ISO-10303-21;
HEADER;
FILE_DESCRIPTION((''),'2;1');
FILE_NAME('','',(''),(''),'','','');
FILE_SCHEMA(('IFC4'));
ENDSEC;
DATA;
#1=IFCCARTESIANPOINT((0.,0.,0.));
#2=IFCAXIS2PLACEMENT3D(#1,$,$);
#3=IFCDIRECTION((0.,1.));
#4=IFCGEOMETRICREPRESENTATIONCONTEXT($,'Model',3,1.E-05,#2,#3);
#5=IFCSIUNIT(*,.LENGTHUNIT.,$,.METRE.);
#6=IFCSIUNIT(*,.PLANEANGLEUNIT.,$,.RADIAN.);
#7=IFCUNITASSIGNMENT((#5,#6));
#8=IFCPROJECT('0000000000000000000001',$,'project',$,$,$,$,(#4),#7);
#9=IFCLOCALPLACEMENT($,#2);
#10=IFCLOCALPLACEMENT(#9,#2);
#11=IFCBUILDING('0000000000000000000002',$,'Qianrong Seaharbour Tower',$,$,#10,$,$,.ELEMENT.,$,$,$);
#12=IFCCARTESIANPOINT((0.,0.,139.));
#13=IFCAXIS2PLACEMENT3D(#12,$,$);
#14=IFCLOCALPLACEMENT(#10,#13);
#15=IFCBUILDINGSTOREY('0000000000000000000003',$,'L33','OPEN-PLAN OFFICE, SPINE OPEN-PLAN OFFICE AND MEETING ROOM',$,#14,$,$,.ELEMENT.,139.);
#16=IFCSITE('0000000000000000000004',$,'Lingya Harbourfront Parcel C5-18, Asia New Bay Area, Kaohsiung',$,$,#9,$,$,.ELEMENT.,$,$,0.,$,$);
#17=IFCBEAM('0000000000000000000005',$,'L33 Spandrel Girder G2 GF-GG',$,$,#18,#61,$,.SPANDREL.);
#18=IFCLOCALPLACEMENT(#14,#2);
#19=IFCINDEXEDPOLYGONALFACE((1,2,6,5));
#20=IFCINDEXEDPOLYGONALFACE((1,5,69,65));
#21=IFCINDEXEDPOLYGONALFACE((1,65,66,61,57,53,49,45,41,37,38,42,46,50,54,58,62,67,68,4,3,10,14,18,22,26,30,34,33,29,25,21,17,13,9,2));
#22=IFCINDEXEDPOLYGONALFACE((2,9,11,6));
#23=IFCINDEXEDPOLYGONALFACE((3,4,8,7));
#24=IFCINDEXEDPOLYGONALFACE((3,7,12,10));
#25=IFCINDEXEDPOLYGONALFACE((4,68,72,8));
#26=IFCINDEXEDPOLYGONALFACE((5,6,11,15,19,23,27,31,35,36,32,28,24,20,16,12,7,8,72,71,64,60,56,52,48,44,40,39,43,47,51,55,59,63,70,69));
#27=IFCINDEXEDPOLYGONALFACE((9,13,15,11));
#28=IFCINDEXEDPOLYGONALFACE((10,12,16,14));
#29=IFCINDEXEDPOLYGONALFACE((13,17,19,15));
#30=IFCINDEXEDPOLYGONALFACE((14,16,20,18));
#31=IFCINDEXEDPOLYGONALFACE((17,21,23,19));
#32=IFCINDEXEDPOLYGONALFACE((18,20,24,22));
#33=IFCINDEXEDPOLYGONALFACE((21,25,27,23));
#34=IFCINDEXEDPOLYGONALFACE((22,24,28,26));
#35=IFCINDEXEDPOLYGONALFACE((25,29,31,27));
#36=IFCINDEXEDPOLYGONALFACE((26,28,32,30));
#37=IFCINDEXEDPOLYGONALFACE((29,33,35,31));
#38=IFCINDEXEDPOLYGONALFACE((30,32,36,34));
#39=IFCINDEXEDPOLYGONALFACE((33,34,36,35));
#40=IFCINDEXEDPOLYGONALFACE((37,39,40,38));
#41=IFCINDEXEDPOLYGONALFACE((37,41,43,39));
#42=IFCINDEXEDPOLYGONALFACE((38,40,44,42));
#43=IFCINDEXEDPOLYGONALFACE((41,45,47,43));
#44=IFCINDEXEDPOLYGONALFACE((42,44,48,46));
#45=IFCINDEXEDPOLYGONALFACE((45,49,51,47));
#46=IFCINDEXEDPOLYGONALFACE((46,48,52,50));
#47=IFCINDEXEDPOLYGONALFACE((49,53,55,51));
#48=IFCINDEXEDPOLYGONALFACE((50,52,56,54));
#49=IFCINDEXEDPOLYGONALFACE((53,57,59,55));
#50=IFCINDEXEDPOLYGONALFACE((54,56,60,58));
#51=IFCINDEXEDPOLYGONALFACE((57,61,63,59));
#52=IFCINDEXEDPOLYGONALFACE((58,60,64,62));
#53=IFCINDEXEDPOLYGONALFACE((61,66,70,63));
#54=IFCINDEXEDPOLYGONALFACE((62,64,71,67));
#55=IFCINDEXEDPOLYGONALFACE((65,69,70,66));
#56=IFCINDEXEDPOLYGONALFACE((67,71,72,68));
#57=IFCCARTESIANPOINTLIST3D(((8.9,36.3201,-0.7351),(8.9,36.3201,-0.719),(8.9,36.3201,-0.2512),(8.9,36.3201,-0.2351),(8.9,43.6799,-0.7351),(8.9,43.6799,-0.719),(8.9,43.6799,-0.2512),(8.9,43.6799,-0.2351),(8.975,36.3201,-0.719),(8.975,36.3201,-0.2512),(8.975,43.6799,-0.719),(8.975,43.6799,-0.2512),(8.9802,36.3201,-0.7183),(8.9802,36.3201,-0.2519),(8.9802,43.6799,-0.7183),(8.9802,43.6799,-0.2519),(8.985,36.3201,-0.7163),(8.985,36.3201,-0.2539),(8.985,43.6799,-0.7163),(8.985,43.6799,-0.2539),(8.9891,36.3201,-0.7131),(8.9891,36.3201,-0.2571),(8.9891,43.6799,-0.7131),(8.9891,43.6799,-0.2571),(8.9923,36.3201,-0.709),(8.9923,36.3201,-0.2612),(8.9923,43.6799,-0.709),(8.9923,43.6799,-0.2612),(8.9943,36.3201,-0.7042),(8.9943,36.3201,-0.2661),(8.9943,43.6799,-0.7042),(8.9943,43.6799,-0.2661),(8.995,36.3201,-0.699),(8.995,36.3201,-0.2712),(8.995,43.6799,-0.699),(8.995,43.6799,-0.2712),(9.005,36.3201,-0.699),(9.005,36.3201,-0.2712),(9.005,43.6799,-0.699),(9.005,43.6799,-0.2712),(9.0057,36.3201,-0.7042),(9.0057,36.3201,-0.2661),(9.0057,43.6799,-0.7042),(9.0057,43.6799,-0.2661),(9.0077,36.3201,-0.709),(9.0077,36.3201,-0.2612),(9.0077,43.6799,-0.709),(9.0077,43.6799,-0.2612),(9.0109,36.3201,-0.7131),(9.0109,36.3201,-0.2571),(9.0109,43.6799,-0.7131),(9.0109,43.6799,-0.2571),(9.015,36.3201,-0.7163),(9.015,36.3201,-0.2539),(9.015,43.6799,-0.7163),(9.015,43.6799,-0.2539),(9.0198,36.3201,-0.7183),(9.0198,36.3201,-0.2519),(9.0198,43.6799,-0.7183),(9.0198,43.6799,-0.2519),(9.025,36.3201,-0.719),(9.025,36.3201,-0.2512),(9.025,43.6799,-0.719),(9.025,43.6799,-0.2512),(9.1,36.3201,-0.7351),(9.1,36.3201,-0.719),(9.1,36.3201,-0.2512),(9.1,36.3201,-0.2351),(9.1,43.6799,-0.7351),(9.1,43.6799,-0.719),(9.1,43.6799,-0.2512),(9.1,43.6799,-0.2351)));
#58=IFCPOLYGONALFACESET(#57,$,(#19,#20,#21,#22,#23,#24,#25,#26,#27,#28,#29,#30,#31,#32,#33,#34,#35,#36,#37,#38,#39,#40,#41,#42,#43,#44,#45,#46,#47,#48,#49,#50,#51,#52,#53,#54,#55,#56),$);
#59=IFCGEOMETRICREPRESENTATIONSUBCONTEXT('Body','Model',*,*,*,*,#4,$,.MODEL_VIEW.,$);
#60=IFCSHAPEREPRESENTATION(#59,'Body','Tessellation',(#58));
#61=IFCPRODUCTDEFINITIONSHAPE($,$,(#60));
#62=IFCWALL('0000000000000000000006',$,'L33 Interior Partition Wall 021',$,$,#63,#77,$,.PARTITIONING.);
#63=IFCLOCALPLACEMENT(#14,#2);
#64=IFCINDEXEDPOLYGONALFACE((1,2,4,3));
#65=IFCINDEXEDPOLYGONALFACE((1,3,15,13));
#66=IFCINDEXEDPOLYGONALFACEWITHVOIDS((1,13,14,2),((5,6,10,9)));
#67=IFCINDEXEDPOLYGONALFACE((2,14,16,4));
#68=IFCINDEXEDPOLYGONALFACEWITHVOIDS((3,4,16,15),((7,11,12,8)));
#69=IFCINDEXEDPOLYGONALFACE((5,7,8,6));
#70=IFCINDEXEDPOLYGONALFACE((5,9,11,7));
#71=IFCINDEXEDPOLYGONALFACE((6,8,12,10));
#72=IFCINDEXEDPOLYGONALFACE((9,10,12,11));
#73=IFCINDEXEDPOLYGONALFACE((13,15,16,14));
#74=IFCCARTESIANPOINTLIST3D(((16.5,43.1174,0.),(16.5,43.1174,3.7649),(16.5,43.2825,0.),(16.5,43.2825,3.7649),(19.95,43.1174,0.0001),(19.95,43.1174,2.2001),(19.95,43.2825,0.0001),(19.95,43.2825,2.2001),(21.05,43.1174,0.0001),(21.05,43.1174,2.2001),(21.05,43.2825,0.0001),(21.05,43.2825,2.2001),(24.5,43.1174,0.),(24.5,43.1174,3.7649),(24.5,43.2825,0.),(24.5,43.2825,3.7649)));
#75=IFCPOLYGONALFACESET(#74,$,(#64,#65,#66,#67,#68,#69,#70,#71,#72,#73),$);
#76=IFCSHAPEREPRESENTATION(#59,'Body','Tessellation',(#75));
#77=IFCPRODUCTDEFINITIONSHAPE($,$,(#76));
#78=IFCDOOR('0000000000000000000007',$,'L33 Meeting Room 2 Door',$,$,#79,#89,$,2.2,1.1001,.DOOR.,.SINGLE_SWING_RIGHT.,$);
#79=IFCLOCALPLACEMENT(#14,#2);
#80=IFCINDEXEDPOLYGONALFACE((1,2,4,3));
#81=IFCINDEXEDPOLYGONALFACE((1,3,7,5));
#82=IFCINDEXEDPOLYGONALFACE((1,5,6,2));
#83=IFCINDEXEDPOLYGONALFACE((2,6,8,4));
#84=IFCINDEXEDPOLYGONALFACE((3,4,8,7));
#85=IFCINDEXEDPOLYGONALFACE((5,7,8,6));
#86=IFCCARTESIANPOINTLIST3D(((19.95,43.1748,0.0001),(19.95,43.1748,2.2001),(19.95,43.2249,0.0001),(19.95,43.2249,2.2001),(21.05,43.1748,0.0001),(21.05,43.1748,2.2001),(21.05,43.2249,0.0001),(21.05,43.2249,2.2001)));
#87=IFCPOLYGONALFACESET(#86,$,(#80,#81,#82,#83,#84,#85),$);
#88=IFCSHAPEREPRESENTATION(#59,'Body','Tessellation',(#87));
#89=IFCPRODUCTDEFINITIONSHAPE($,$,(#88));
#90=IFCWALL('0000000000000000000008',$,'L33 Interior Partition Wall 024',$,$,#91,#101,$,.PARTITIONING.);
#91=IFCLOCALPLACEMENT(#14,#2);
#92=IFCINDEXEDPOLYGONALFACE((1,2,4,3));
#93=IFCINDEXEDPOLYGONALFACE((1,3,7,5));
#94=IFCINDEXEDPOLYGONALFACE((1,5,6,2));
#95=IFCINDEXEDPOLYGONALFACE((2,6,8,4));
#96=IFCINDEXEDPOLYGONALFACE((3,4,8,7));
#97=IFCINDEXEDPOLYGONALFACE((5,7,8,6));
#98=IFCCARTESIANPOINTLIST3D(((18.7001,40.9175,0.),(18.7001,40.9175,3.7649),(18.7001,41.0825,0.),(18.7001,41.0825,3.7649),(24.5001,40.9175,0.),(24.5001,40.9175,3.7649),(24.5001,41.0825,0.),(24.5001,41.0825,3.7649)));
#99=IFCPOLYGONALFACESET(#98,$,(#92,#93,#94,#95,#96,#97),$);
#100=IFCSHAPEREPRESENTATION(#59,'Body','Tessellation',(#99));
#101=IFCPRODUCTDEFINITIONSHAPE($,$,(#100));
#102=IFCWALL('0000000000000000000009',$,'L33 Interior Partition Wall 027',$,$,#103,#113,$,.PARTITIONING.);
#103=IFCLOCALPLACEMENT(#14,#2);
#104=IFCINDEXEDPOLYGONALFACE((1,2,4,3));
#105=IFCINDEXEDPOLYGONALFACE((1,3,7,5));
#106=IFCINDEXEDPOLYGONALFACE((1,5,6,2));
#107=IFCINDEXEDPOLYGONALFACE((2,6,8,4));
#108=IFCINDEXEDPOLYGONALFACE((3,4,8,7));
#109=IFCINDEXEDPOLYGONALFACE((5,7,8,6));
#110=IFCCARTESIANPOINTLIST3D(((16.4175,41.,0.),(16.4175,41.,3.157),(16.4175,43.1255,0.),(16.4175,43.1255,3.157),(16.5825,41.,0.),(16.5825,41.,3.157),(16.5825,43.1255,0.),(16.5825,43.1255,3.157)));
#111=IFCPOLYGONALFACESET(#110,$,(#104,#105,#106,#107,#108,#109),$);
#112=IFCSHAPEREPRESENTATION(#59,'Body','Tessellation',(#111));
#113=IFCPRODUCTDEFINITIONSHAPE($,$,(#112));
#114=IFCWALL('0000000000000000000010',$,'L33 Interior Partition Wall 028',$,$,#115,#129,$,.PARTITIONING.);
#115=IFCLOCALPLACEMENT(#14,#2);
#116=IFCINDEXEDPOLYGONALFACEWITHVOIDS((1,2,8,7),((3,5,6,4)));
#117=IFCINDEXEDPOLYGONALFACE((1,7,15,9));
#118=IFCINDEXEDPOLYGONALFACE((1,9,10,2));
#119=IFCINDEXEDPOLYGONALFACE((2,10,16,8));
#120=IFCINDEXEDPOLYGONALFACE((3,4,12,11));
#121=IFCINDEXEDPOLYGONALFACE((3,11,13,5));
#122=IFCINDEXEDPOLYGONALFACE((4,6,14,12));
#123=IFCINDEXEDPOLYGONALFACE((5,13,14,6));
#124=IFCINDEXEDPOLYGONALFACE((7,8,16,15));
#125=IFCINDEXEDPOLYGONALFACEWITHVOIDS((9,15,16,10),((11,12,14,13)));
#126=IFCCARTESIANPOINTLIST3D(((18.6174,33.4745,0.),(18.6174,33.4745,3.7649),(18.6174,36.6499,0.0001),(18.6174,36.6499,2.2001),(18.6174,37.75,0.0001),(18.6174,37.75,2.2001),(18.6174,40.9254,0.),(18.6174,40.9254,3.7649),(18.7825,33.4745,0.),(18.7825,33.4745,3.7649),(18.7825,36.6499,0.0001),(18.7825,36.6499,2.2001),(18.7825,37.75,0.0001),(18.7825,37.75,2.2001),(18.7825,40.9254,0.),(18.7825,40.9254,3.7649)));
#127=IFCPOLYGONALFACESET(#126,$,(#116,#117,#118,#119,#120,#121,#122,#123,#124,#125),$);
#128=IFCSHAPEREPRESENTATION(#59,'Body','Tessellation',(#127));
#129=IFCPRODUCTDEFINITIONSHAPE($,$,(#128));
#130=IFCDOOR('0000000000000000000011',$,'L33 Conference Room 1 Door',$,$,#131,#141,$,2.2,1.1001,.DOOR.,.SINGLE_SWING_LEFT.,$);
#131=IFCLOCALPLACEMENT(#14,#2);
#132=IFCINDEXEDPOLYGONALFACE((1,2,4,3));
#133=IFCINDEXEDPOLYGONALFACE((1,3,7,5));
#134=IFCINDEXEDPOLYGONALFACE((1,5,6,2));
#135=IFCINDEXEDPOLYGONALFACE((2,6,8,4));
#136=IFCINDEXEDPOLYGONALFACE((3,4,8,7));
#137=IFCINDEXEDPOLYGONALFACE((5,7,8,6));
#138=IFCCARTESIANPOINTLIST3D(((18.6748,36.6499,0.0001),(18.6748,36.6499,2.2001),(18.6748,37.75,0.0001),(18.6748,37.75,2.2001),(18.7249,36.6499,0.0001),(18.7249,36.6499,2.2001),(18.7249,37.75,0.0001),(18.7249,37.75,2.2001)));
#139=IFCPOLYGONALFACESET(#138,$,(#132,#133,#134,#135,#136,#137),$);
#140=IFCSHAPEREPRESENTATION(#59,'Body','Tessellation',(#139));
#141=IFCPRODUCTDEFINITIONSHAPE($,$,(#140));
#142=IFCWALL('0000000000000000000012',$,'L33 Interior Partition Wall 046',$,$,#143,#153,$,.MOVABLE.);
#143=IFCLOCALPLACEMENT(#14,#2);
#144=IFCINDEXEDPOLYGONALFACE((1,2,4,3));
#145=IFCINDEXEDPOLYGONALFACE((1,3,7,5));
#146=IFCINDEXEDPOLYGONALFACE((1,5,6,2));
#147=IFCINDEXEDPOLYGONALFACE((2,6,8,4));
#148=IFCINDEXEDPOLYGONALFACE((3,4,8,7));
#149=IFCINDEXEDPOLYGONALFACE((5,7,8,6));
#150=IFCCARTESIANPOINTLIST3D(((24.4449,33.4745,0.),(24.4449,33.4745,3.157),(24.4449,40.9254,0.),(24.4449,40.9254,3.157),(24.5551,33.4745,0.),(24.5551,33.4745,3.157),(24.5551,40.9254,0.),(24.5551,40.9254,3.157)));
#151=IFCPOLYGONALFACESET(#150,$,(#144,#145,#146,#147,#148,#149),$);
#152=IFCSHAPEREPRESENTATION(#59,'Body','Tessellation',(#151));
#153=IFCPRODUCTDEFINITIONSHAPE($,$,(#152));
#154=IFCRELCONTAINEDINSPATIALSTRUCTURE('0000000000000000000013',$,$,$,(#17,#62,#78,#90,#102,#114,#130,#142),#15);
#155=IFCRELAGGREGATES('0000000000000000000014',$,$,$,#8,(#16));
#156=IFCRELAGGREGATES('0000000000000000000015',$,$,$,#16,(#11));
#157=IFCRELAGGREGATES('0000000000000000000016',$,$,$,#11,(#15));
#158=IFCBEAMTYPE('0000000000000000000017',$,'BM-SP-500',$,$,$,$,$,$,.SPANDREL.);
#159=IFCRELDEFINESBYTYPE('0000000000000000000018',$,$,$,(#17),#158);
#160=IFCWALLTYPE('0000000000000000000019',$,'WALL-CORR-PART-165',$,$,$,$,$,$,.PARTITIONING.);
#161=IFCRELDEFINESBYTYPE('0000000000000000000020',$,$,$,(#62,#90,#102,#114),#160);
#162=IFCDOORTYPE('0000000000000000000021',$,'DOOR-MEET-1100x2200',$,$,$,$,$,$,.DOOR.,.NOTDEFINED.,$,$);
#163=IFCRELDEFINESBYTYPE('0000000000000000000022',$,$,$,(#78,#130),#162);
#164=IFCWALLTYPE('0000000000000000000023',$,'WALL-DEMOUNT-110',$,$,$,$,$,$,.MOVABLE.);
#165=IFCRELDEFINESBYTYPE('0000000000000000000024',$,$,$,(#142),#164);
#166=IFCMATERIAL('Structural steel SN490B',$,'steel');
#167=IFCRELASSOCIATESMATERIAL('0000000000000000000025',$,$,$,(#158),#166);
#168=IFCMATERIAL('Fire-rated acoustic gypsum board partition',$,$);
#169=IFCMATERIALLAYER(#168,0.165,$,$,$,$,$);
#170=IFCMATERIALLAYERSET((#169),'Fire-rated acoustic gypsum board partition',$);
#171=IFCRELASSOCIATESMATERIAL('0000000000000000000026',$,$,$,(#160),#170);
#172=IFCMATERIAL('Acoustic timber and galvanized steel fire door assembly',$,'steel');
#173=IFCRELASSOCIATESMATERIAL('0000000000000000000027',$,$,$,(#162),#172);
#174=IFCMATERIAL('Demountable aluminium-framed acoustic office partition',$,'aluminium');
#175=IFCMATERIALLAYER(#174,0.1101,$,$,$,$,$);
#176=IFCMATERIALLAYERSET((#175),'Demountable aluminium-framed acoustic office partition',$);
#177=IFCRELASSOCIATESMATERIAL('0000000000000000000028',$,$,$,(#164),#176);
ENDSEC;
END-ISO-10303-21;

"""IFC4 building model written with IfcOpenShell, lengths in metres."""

from ifc_helpers import new_model, si_unit, direction, frame, frame_2d, origin, origin_2d, place, context, subcontext, project, spatial, rectangle, i_section, extrude, material, layer, layer_set, material_profile, profile_set, type_object, element, fill, save


model = new_model("IFC4")

# Units and contexts
model_context = context("Model", 3, precision=1e-05, world=origin(), true_north=direction((0.0, 1.0)))
body_context = subcontext(model_context, "Body", "Model", "MODEL_VIEW")
ifc_project = project(units=[si_unit("LENGTHUNIT", "METRE"), si_unit("PLANEANGLEUNIT", "RADIAN")], contexts=[model_context])

# Site, building, storey
site_placement = place(None, origin())
site = spatial("IfcSite", under=ifc_project, at=site_placement, Name="Lingya Harbourfront Parcel C5-18, Asia New Bay Area, Kaohsiung", CompositionType="ELEMENT", RefElevation=0.0)
building_placement = place(site_placement, origin())
building = spatial("IfcBuilding", under=site, at=building_placement, Name="Qianrong Seaharbour Tower", CompositionType="ELEMENT")
storey_placement = place(building_placement, frame((0.0, 0.0, 139.0)))
storey = spatial("IfcBuildingStorey", under=building, at=storey_placement, Name="L33", Description="OPEN-PLAN OFFICE, SPINE OPEN-PLAN OFFICE AND MEETING ROOM", CompositionType="ELEMENT", Elevation=139.0)

# Shared definitions
ifc_material_1 = material(Name="Structural steel SN490B", Category="steel")

# Beam
ifc_material_profile_1 = material_profile(ifc_material_1, i_section(OverallWidth=0.2, OverallDepth=0.5, WebThickness=0.01, FlangeThickness=0.0161, FilletRadius=0.02, at=origin_2d()), Name="H500x200x10x16")
ifc_profile_set_1 = profile_set([ifc_material_profile_1], Name="Structural steel SN490B")
beam_type_1 = type_object("IfcBeamType", Name="BM-SP-500", PredefinedType="SPANDREL", material=ifc_profile_set_1)
beam_1_placement = place(storey_placement, frame((9.0, 36.3201, -0.4851), z_axis=(0.0, 1.0, 0.0), x_axis=(-1.0, 0.0, 0.0)))
element("IfcBeam", 1, at=beam_1_placement, inside=storey, type_object=beam_type_1, Name="L33 Spandrel Girder G2 GF-GG", PredefinedType="SPANDREL", context=body_context, shape_type="SweptSolid", body=[
    extrude(i_section(OverallWidth=0.2, OverallDepth=0.5, WebThickness=0.01, FlangeThickness=0.0161, FilletRadius=0.02, at=origin_2d()), origin(), (0.0, 0.0, 1.0), 7.3599),
])

# Wall, opening, door
ifc_material_2 = material(Name="Fire-rated acoustic gypsum board partition")
ifc_layer_1 = layer(ifc_material_2, 0.165)
ifc_layer_set_1 = layer_set([ifc_layer_1], Name="Fire-rated acoustic gypsum board partition")
wall_type_1 = type_object("IfcWallType", Name="WALL-CORR-PART-165", PredefinedType="PARTITIONING", material=ifc_layer_set_1)
wall_1_placement = place(storey_placement, frame((16.5, 43.2, 0.0), z_axis=(0.0, 0.0, 1.0), x_axis=(1.0, 0.0, 0.0)))
wall_1 = element("IfcWall", 2, at=wall_1_placement, inside=storey, type_object=wall_type_1, Name="L33 Interior Partition Wall 021", PredefinedType="PARTITIONING", context=body_context, shape_type="SweptSolid", body=[
    extrude(rectangle(XDim=8.0, YDim=0.165, at=frame_2d((4.0, 0.0))), origin(), (0.0, 0.0, 1.0), 3.7649),
])
opening_1_placement = place(wall_1_placement, frame((3.45, 0.0, 0.0)))
opening_1 = element("IfcOpeningElement", 3, at=opening_1_placement, cuts=wall_1, PredefinedType="OPENING", context=body_context, shape_type="SweptSolid", body=[
    extrude(rectangle(XDim=1.1001, YDim=2.2, at=frame_2d((0.55, 1.1001))), frame((0.0, 0.0925, 0.0), z_axis=(0.0, -1.0, 0.0), x_axis=(1.0, 0.0, 0.0)), (0.0, 0.0, 1.0), 0.1851),
])
ifc_material_3 = material(Name="Acoustic timber and galvanized steel fire door assembly", Category="steel")
door_type = type_object("IfcDoorType", Name="DOOR-MEET-1100x2200", OperationType="NOTDEFINED", PredefinedType="DOOR", material=ifc_material_3)
door_1_placement = place(opening_1_placement, origin())
door_1 = element("IfcDoor", 4, at=door_1_placement, inside=storey, type_object=door_type, Name="L33 Meeting Room 2 Door", OperationType="SINGLE_SWING_RIGHT", OverallHeight=2.2, OverallWidth=1.1001, PredefinedType="DOOR", context=body_context, shape_type="SweptSolid", body=[
    extrude(rectangle(XDim=1.1001, YDim=2.2, at=frame_2d((0.55, 1.1001))), frame((0.0, 0.0249, 0.0), z_axis=(0.0, -1.0, 0.0), x_axis=(1.0, 0.0, 0.0)), (0.0, 0.0, 1.0), 0.05),
])
fill(opening_1, door_1)

# Walls
wall_2_placement = place(storey_placement, frame((24.5, 41.0, 0.0), z_axis=(0.0, 0.0, 1.0), x_axis=(-1.0, 0.0, 0.0)))
element("IfcWall", 5, at=wall_2_placement, inside=storey, type_object=wall_type_1, Name="L33 Interior Partition Wall 024", PredefinedType="PARTITIONING", context=body_context, shape_type="SweptSolid", body=[
    extrude(rectangle(XDim=5.8, YDim=0.165, at=frame_2d((2.8999, 0.0))), origin(), (0.0, 0.0, 1.0), 3.7649),
])
wall_3_placement = place(storey_placement, frame((16.5, 41.0, 0.0), z_axis=(0.0, 0.0, 1.0), x_axis=(0.0, 1.0, 0.0)))
element("IfcWall", 6, at=wall_3_placement, inside=storey, type_object=wall_type_1, Name="L33 Interior Partition Wall 027", PredefinedType="PARTITIONING", context=body_context, shape_type="SweptSolid", body=[
    extrude(rectangle(XDim=2.1255, YDim=0.165, at=frame_2d((1.0627, 0.0))), origin(), (0.0, 0.0, 1.0), 3.157),
])

# Wall, opening, door
wall_4_placement = place(storey_placement, frame((18.7, 40.9255, 0.0), z_axis=(0.0, 0.0, 1.0), x_axis=(0.0, -1.0, 0.0)))
wall_4 = element("IfcWall", 7, at=wall_4_placement, inside=storey, type_object=wall_type_1, Name="L33 Interior Partition Wall 028", PredefinedType="PARTITIONING", context=body_context, shape_type="SweptSolid", body=[
    extrude(rectangle(XDim=7.4509, YDim=0.165, at=frame_2d((3.7256, 0.0))), origin(), (0.0, 0.0, 1.0), 3.7649),
])
opening_2_placement = place(wall_4_placement, frame((3.1755, 0.0, 0.0)))
opening_2 = element("IfcOpeningElement", 8, at=opening_2_placement, cuts=wall_4, PredefinedType="OPENING", context=body_context, shape_type="SweptSolid", body=[
    extrude(rectangle(XDim=1.1001, YDim=2.2, at=frame_2d((0.55, 1.1001))), frame((0.0, 0.0925, 0.0), z_axis=(0.0, -1.0, 0.0), x_axis=(1.0, 0.0, 0.0)), (0.0, 0.0, 1.0), 0.1851),
])
door_2_placement = place(opening_2_placement, origin())
door_2 = element("IfcDoor", 9, at=door_2_placement, inside=storey, type_object=door_type, Name="L33 Conference Room 1 Door", OperationType="SINGLE_SWING_LEFT", OverallHeight=2.2, OverallWidth=1.1001, PredefinedType="DOOR", context=body_context, shape_type="SweptSolid", body=[
    extrude(rectangle(XDim=1.1001, YDim=2.2, at=frame_2d((0.55, 1.1001))), frame((0.0, 0.0249, 0.0), z_axis=(0.0, -1.0, 0.0), x_axis=(1.0, 0.0, 0.0)), (0.0, 0.0, 1.0), 0.05),
])
fill(opening_2, door_2)

# Wall
ifc_material_4 = material(Name="Demountable aluminium-framed acoustic office partition", Category="aluminium")
ifc_layer_2 = layer(ifc_material_4, 0.1101)
ifc_layer_set_2 = layer_set([ifc_layer_2], Name="Demountable aluminium-framed acoustic office partition")
wall_type_2 = type_object("IfcWallType", Name="WALL-DEMOUNT-110", PredefinedType="MOVABLE", material=ifc_layer_set_2)
wall_5_placement = place(storey_placement, frame((24.5, 40.9255, 0.0), z_axis=(0.0, 0.0, 1.0), x_axis=(0.0, -1.0, 0.0)))
element("IfcWall", 10, at=wall_5_placement, inside=storey, type_object=wall_type_2, Name="L33 Interior Partition Wall 046", PredefinedType="MOVABLE", context=body_context, shape_type="SweptSolid", body=[
    extrude(rectangle(XDim=7.4509, YDim=0.1101, at=frame_2d((3.7256, 0.0))), origin(), (0.0, 0.0, 1.0), 3.157),
])

save(model, "model.ifc")
